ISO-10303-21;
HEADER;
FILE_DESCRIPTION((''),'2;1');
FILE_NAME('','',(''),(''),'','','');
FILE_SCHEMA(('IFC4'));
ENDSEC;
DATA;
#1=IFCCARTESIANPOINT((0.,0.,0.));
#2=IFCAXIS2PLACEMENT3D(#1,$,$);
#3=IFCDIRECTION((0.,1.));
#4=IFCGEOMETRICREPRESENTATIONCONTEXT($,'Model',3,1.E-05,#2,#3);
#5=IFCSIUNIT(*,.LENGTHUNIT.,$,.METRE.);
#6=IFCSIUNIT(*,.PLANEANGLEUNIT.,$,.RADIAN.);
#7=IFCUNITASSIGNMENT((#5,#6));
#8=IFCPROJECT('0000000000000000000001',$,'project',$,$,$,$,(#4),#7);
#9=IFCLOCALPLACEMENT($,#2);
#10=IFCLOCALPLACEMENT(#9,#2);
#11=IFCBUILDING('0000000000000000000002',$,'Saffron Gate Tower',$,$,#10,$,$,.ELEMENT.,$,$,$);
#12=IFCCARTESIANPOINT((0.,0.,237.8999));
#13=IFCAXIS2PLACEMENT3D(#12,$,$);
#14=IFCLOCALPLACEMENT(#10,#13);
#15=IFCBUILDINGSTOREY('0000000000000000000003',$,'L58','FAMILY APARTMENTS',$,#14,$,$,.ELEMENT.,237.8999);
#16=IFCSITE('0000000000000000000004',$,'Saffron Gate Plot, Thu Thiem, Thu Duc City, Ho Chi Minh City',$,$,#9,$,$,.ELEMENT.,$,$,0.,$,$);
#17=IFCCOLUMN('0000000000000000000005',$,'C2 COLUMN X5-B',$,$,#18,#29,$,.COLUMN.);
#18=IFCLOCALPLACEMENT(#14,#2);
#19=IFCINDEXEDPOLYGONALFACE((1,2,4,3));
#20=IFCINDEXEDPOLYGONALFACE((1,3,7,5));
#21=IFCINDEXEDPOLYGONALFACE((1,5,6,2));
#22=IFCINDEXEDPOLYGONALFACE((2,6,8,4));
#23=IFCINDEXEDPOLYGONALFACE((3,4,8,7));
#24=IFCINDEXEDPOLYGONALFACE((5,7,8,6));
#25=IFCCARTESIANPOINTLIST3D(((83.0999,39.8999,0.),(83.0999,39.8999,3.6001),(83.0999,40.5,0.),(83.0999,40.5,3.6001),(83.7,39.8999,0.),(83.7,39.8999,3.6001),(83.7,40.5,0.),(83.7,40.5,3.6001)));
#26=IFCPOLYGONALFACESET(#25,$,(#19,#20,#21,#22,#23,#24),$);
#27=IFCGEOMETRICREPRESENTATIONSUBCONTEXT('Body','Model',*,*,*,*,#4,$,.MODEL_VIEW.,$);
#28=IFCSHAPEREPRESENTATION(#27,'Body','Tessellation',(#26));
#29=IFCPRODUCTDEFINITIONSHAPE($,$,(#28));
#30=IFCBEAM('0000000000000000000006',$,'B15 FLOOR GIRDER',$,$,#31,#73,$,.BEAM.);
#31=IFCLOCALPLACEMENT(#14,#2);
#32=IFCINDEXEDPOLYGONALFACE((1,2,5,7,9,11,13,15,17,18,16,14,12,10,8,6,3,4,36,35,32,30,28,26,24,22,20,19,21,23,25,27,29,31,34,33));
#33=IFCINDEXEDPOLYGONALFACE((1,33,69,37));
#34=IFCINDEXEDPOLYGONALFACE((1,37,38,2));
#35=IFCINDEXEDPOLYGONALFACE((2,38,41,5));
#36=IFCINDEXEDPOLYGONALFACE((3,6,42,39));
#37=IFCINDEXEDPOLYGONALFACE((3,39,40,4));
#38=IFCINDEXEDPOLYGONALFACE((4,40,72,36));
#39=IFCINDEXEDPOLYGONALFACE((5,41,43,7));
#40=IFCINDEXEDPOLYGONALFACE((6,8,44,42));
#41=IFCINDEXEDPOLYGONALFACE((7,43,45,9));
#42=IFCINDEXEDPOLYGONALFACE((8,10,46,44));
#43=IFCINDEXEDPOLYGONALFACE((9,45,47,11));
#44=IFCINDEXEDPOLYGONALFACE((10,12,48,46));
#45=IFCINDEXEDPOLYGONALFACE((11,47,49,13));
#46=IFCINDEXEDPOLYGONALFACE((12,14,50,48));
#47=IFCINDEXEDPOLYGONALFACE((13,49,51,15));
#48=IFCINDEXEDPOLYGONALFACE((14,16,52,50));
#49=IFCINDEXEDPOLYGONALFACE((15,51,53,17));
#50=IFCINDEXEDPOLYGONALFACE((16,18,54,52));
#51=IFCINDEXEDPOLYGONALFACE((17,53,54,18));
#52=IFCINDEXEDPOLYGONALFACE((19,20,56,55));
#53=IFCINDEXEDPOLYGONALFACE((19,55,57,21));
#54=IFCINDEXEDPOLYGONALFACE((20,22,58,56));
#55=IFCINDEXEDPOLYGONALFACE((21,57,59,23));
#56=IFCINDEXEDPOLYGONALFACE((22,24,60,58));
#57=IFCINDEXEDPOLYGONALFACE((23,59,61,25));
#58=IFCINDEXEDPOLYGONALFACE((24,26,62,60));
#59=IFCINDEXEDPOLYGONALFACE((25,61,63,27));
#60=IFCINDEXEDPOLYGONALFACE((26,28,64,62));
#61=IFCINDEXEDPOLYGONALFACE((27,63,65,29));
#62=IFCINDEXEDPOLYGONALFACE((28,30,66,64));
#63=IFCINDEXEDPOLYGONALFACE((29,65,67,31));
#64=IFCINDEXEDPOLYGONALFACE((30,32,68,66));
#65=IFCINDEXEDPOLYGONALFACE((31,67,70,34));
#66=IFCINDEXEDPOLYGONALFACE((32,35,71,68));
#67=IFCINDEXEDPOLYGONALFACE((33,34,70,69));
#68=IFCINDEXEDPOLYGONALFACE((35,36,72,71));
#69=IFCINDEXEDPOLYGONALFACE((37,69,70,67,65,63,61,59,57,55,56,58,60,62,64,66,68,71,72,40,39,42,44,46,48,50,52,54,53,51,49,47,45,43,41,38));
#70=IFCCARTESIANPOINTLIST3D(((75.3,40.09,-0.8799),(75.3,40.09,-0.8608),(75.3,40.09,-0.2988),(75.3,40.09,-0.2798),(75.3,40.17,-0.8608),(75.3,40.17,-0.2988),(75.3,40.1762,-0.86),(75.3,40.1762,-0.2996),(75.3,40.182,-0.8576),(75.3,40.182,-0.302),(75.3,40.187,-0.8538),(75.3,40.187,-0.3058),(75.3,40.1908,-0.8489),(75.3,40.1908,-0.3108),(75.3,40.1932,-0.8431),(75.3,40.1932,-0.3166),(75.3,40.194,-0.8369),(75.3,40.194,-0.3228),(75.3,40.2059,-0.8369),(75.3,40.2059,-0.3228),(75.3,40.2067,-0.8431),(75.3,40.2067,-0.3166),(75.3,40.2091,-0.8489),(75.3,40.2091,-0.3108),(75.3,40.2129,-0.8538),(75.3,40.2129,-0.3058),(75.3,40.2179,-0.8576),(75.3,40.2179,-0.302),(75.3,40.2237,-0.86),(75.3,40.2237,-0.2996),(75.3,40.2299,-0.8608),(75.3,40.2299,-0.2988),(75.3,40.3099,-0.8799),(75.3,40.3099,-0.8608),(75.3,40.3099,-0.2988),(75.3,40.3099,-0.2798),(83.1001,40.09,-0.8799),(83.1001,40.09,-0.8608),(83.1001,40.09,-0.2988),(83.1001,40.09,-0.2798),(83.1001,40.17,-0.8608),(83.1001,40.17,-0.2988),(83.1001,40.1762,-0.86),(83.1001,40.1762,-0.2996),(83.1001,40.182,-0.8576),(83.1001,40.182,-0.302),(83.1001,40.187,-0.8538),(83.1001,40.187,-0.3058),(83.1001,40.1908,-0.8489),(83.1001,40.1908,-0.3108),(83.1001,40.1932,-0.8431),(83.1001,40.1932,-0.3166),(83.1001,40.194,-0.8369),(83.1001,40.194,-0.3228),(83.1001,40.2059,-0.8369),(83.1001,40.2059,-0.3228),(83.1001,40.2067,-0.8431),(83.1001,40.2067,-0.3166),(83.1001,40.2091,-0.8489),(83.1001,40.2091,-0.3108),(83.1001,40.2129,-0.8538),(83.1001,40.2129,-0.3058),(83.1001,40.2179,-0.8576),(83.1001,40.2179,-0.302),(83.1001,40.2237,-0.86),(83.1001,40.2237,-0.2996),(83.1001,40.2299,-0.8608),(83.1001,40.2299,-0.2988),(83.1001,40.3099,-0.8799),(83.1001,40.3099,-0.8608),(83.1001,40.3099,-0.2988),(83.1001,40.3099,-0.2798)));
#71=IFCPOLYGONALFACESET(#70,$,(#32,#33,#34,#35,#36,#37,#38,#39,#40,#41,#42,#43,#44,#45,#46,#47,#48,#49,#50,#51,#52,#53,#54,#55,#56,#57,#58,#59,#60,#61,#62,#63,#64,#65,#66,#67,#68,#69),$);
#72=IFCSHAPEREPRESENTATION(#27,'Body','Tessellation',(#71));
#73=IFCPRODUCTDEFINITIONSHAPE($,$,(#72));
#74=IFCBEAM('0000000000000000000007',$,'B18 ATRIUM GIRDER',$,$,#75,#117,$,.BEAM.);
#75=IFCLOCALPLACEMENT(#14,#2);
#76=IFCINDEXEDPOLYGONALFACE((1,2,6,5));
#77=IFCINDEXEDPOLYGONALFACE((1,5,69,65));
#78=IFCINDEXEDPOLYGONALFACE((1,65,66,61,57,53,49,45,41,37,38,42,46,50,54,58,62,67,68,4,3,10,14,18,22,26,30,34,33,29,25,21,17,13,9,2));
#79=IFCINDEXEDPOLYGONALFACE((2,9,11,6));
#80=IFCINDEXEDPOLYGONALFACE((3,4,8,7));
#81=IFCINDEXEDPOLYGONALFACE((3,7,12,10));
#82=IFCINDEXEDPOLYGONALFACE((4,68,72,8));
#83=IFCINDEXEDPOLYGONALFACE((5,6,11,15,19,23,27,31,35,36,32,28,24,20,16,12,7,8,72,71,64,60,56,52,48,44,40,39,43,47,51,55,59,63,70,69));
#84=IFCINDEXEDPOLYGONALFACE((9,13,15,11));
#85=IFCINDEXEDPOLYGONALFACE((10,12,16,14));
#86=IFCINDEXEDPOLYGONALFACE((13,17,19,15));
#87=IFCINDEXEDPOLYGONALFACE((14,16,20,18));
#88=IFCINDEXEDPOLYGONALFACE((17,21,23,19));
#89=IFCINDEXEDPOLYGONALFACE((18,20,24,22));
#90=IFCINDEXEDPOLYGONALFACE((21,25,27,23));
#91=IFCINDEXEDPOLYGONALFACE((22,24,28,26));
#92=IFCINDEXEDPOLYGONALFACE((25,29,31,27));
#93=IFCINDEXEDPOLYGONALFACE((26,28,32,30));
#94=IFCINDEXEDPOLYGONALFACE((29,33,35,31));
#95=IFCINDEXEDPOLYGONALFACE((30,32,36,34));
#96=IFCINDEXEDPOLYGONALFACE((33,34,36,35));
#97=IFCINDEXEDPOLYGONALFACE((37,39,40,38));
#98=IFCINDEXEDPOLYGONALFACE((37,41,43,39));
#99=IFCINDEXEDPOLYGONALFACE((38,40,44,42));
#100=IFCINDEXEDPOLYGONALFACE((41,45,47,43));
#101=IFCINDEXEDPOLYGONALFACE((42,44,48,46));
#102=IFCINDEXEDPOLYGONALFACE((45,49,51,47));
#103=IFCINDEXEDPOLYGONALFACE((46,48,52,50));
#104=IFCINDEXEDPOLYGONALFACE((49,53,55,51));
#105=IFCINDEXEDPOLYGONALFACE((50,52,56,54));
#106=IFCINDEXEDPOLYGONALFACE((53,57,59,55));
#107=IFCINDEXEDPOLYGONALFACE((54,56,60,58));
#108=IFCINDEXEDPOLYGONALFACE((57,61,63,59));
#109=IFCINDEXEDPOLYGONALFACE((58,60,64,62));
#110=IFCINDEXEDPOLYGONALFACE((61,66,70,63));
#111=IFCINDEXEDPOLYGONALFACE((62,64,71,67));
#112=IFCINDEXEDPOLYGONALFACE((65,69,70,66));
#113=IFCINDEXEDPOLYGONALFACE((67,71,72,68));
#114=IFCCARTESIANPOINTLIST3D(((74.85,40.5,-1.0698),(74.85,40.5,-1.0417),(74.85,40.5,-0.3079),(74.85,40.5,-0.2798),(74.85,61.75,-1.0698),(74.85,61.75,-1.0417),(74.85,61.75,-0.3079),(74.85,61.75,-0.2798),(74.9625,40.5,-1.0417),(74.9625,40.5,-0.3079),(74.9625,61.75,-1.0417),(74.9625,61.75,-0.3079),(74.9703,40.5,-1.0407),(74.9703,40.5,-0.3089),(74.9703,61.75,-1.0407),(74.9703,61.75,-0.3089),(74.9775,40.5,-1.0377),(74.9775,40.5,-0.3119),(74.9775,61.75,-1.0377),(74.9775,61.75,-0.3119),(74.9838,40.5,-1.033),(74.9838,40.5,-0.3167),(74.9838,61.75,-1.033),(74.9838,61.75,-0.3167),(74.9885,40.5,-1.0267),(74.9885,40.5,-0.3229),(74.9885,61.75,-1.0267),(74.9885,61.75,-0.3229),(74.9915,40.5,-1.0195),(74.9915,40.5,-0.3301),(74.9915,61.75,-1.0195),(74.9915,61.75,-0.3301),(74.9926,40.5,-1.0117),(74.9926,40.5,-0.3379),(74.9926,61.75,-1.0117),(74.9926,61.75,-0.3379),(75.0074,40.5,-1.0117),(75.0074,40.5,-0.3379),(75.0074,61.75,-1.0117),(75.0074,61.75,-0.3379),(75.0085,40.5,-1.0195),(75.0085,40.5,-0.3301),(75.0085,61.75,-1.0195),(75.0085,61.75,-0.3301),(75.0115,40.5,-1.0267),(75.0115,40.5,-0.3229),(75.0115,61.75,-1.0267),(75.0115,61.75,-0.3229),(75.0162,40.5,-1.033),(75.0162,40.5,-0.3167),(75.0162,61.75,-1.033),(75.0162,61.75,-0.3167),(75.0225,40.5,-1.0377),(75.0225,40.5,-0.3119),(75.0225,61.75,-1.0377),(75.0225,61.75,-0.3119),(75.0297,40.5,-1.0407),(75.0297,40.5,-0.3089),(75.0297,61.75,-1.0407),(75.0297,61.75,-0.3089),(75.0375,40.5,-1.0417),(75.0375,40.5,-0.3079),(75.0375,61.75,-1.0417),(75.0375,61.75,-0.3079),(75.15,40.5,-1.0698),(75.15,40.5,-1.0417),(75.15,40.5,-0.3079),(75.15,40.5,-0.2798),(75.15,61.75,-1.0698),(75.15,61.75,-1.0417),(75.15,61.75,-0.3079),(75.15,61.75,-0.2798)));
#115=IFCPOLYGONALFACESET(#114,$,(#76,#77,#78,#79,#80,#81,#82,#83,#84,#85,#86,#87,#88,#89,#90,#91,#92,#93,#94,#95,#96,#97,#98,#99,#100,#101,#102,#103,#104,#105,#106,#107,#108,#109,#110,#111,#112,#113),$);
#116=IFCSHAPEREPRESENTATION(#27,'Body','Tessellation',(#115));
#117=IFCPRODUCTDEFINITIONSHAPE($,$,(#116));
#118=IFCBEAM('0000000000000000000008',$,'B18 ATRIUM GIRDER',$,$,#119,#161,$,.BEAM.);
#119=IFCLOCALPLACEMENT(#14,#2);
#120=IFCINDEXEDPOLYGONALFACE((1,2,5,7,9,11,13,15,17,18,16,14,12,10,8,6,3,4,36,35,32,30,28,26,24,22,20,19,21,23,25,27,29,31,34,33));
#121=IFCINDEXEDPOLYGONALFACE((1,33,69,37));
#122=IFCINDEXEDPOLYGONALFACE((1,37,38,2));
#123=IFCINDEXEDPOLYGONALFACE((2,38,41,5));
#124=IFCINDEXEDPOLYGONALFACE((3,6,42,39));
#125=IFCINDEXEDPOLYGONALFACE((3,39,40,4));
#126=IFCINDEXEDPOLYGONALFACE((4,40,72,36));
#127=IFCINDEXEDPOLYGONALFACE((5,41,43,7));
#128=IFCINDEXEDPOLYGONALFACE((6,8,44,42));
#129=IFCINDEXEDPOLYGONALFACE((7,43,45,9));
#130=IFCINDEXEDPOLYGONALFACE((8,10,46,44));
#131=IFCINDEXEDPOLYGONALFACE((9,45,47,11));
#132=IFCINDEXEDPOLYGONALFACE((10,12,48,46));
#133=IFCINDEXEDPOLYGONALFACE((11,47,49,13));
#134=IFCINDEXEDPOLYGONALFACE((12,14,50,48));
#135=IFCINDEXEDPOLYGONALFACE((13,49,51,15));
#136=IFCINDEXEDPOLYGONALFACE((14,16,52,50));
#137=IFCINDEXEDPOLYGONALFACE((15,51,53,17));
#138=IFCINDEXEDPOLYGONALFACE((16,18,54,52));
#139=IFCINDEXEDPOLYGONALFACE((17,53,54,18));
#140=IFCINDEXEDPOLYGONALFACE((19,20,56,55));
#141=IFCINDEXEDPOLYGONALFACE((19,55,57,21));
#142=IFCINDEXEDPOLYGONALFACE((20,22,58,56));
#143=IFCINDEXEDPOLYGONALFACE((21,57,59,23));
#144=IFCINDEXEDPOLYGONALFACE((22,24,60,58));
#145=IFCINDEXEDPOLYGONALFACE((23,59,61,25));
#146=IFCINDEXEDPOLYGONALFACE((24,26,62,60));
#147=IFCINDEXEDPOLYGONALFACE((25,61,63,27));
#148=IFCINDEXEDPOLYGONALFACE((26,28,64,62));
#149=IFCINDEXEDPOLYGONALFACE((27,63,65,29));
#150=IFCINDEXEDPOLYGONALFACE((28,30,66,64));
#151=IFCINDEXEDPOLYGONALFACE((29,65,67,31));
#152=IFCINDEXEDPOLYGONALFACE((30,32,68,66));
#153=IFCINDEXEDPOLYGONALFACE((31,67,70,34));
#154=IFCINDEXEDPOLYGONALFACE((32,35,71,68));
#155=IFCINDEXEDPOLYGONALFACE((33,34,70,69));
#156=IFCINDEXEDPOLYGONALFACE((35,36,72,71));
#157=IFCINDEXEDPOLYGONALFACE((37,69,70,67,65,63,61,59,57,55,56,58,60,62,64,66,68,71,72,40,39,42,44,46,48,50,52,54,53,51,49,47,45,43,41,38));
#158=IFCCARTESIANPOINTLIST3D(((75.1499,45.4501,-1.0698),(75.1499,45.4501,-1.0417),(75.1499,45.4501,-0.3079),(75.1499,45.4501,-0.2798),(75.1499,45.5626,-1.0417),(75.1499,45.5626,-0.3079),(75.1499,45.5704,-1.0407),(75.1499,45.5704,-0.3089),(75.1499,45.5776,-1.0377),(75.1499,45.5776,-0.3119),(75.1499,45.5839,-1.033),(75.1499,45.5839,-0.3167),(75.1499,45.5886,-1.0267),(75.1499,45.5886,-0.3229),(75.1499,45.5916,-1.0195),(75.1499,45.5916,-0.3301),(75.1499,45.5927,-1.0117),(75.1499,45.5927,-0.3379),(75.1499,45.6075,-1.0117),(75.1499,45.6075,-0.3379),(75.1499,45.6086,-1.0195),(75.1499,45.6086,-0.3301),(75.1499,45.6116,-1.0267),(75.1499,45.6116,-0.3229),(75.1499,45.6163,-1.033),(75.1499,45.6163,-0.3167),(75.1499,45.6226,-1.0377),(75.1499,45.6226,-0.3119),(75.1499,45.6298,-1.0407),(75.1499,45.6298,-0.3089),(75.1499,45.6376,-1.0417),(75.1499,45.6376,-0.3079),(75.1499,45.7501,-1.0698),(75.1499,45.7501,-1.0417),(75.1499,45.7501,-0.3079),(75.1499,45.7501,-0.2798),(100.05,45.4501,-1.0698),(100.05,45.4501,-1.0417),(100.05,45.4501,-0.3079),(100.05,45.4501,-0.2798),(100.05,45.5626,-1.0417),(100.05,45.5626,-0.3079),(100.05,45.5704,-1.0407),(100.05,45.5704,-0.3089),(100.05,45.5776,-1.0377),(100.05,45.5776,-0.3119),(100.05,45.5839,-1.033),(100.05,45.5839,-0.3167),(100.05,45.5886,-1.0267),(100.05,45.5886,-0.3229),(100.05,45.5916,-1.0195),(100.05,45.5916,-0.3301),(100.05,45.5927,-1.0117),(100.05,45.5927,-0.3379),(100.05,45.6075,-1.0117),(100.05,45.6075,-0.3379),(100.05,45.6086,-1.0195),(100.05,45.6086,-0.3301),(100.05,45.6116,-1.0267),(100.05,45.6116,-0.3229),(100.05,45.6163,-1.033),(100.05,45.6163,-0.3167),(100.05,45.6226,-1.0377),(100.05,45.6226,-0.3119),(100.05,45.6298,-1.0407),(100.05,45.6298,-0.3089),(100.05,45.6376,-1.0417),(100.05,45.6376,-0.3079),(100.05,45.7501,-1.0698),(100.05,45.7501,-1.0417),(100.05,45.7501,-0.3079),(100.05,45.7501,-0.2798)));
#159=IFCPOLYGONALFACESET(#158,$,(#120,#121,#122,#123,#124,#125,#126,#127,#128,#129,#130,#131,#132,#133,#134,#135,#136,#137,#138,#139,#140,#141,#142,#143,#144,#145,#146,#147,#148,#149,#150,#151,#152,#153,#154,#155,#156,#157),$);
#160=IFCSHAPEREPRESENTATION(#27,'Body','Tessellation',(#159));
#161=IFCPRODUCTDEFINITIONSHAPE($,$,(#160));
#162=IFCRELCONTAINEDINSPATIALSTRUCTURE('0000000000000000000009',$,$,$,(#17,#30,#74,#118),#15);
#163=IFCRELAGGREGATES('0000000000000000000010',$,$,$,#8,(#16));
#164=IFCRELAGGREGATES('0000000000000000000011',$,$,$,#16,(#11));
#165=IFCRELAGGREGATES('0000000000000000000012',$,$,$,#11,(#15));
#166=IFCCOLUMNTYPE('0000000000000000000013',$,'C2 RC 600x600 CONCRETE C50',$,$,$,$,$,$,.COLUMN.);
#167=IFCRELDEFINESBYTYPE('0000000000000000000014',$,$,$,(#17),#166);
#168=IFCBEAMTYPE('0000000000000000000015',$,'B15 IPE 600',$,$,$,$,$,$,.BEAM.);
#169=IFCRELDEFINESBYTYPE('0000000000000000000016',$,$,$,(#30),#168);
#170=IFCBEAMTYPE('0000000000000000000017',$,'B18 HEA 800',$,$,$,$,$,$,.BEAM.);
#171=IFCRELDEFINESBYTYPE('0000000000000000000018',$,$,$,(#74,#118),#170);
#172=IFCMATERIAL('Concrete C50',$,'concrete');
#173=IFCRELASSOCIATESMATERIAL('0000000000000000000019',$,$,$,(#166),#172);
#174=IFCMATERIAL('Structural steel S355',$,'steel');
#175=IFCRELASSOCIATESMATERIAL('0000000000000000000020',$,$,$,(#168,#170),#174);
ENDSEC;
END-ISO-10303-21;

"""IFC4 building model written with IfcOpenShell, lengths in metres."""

from ifc_helpers import new_model, si_unit, direction, frame, origin, origin_2d, place, context, subcontext, project, spatial, rectangle, i_section, extrude, material, material_profile, profile_set, type_object, element, save


model = new_model("IFC4")

# Units and contexts
model_context = context("Model", 3, precision=1e-05, world=origin(), true_north=direction((0.0, 1.0)))
body_context = subcontext(model_context, "Body", "Model", "MODEL_VIEW")
ifc_project = project(units=[si_unit("LENGTHUNIT", "METRE"), si_unit("PLANEANGLEUNIT", "RADIAN")], contexts=[model_context])

# Site, building, storey
site_placement = place(None, origin())
site = spatial("IfcSite", under=ifc_project, at=site_placement, Name="Saffron Gate Plot, Thu Thiem, Thu Duc City, Ho Chi Minh City", CompositionType="ELEMENT", RefElevation=0.0)
building_placement = place(site_placement, origin())
building = spatial("IfcBuilding", under=site, at=building_placement, Name="Saffron Gate Tower", CompositionType="ELEMENT")
storey_placement = place(building_placement, frame((0.0, 0.0, 237.8999)))
storey = spatial("IfcBuildingStorey", under=building, at=storey_placement, Name="L58", Description="FAMILY APARTMENTS", CompositionType="ELEMENT", Elevation=237.8999)

# Column
ifc_material_1 = material(Name="Concrete C50", Category="concrete")
ifc_material_profile_1 = material_profile(ifc_material_1, rectangle(XDim=0.6001, YDim=0.6001, at=origin_2d()))
ifc_profile_set_1 = profile_set([ifc_material_profile_1], Name="Concrete C50")
column_type = type_object("IfcColumnType", Name="C2 RC 600x600 CONCRETE C50", PredefinedType="COLUMN", material=ifc_profile_set_1)
column_placement = place(storey_placement, frame((83.3999, 40.2, 0.0), z_axis=(0.0, 0.0, 1.0), x_axis=(1.0, 0.0, 0.0)))
element("IfcColumn", 1, at=column_placement, inside=storey, type_object=column_type, Name="C2 COLUMN X5-B", PredefinedType="COLUMN", context=body_context, shape_type="SweptSolid", body=[
    extrude(rectangle(XDim=0.6001, YDim=0.6001, at=origin_2d()), origin(), (0.0, 0.0, 1.0), 3.6001),
])

# Beams
ifc_material_2 = material(Name="Structural steel S355", Category="steel")
ifc_material_profile_2 = material_profile(ifc_material_2, i_section(OverallWidth=0.22, OverallDepth=0.6001, WebThickness=0.012, FlangeThickness=0.019, FilletRadius=0.0239, at=origin_2d()))
ifc_profile_set_2 = profile_set([ifc_material_profile_2], Name="Structural steel S355")
beam_type_1 = type_object("IfcBeamType", Name="B15 IPE 600", PredefinedType="BEAM", material=ifc_profile_set_2)
beam_1_placement = place(storey_placement, frame((75.3, 40.2, -0.5798), z_axis=(1.0, 0.0, 0.0), x_axis=(0.0, 1.0, 0.0)))
element("IfcBeam", 2, at=beam_1_placement, inside=storey, type_object=beam_type_1, Name="B15 FLOOR GIRDER", PredefinedType="BEAM", context=body_context, shape_type="SweptSolid", body=[
    extrude(i_section(OverallWidth=0.22, OverallDepth=0.6001, WebThickness=0.012, FlangeThickness=0.019, FilletRadius=0.0239, at=origin_2d()), origin(), (0.0, 0.0, 1.0), 7.8),
])
ifc_material_profile_3 = material_profile(ifc_material_2, i_section(OverallWidth=0.3, OverallDepth=0.79, WebThickness=0.0149, FlangeThickness=0.0281, FilletRadius=0.03, at=origin_2d()))
ifc_profile_set_3 = profile_set([ifc_material_profile_3], Name="Structural steel S355")
beam_type_2 = type_object("IfcBeamType", Name="B18 HEA 800", PredefinedType="BEAM", material=ifc_profile_set_3)
beam_2_placement = place(storey_placement, frame((75.0, 40.5, -0.6748), z_axis=(0.0, 1.0, 0.0), x_axis=(-1.0, 0.0, 0.0)))
element("IfcBeam", 3, at=beam_2_placement, inside=storey, type_object=beam_type_2, Name="B18 ATRIUM GIRDER", PredefinedType="BEAM", context=body_context, shape_type="SweptSolid", body=[
    extrude(i_section(OverallWidth=0.3, OverallDepth=0.79, WebThickness=0.0149, FlangeThickness=0.0281, FilletRadius=0.03, at=origin_2d()), origin(), (0.0, 0.0, 1.0), 21.25),
])
beam_3_placement = place(storey_placement, frame((75.1499, 45.6001, -0.6748), z_axis=(1.0, 0.0, 0.0), x_axis=(0.0, 1.0, 0.0)))
element("IfcBeam", 4, at=beam_3_placement, inside=storey, type_object=beam_type_2, Name="B18 ATRIUM GIRDER", PredefinedType="BEAM", context=body_context, shape_type="SweptSolid", body=[
    extrude(i_section(OverallWidth=0.3, OverallDepth=0.79, WebThickness=0.0149, FlangeThickness=0.0281, FilletRadius=0.03, at=origin_2d()), origin(), (0.0, 0.0, 1.0), 24.9001),
])

save(model, "model.ifc")
